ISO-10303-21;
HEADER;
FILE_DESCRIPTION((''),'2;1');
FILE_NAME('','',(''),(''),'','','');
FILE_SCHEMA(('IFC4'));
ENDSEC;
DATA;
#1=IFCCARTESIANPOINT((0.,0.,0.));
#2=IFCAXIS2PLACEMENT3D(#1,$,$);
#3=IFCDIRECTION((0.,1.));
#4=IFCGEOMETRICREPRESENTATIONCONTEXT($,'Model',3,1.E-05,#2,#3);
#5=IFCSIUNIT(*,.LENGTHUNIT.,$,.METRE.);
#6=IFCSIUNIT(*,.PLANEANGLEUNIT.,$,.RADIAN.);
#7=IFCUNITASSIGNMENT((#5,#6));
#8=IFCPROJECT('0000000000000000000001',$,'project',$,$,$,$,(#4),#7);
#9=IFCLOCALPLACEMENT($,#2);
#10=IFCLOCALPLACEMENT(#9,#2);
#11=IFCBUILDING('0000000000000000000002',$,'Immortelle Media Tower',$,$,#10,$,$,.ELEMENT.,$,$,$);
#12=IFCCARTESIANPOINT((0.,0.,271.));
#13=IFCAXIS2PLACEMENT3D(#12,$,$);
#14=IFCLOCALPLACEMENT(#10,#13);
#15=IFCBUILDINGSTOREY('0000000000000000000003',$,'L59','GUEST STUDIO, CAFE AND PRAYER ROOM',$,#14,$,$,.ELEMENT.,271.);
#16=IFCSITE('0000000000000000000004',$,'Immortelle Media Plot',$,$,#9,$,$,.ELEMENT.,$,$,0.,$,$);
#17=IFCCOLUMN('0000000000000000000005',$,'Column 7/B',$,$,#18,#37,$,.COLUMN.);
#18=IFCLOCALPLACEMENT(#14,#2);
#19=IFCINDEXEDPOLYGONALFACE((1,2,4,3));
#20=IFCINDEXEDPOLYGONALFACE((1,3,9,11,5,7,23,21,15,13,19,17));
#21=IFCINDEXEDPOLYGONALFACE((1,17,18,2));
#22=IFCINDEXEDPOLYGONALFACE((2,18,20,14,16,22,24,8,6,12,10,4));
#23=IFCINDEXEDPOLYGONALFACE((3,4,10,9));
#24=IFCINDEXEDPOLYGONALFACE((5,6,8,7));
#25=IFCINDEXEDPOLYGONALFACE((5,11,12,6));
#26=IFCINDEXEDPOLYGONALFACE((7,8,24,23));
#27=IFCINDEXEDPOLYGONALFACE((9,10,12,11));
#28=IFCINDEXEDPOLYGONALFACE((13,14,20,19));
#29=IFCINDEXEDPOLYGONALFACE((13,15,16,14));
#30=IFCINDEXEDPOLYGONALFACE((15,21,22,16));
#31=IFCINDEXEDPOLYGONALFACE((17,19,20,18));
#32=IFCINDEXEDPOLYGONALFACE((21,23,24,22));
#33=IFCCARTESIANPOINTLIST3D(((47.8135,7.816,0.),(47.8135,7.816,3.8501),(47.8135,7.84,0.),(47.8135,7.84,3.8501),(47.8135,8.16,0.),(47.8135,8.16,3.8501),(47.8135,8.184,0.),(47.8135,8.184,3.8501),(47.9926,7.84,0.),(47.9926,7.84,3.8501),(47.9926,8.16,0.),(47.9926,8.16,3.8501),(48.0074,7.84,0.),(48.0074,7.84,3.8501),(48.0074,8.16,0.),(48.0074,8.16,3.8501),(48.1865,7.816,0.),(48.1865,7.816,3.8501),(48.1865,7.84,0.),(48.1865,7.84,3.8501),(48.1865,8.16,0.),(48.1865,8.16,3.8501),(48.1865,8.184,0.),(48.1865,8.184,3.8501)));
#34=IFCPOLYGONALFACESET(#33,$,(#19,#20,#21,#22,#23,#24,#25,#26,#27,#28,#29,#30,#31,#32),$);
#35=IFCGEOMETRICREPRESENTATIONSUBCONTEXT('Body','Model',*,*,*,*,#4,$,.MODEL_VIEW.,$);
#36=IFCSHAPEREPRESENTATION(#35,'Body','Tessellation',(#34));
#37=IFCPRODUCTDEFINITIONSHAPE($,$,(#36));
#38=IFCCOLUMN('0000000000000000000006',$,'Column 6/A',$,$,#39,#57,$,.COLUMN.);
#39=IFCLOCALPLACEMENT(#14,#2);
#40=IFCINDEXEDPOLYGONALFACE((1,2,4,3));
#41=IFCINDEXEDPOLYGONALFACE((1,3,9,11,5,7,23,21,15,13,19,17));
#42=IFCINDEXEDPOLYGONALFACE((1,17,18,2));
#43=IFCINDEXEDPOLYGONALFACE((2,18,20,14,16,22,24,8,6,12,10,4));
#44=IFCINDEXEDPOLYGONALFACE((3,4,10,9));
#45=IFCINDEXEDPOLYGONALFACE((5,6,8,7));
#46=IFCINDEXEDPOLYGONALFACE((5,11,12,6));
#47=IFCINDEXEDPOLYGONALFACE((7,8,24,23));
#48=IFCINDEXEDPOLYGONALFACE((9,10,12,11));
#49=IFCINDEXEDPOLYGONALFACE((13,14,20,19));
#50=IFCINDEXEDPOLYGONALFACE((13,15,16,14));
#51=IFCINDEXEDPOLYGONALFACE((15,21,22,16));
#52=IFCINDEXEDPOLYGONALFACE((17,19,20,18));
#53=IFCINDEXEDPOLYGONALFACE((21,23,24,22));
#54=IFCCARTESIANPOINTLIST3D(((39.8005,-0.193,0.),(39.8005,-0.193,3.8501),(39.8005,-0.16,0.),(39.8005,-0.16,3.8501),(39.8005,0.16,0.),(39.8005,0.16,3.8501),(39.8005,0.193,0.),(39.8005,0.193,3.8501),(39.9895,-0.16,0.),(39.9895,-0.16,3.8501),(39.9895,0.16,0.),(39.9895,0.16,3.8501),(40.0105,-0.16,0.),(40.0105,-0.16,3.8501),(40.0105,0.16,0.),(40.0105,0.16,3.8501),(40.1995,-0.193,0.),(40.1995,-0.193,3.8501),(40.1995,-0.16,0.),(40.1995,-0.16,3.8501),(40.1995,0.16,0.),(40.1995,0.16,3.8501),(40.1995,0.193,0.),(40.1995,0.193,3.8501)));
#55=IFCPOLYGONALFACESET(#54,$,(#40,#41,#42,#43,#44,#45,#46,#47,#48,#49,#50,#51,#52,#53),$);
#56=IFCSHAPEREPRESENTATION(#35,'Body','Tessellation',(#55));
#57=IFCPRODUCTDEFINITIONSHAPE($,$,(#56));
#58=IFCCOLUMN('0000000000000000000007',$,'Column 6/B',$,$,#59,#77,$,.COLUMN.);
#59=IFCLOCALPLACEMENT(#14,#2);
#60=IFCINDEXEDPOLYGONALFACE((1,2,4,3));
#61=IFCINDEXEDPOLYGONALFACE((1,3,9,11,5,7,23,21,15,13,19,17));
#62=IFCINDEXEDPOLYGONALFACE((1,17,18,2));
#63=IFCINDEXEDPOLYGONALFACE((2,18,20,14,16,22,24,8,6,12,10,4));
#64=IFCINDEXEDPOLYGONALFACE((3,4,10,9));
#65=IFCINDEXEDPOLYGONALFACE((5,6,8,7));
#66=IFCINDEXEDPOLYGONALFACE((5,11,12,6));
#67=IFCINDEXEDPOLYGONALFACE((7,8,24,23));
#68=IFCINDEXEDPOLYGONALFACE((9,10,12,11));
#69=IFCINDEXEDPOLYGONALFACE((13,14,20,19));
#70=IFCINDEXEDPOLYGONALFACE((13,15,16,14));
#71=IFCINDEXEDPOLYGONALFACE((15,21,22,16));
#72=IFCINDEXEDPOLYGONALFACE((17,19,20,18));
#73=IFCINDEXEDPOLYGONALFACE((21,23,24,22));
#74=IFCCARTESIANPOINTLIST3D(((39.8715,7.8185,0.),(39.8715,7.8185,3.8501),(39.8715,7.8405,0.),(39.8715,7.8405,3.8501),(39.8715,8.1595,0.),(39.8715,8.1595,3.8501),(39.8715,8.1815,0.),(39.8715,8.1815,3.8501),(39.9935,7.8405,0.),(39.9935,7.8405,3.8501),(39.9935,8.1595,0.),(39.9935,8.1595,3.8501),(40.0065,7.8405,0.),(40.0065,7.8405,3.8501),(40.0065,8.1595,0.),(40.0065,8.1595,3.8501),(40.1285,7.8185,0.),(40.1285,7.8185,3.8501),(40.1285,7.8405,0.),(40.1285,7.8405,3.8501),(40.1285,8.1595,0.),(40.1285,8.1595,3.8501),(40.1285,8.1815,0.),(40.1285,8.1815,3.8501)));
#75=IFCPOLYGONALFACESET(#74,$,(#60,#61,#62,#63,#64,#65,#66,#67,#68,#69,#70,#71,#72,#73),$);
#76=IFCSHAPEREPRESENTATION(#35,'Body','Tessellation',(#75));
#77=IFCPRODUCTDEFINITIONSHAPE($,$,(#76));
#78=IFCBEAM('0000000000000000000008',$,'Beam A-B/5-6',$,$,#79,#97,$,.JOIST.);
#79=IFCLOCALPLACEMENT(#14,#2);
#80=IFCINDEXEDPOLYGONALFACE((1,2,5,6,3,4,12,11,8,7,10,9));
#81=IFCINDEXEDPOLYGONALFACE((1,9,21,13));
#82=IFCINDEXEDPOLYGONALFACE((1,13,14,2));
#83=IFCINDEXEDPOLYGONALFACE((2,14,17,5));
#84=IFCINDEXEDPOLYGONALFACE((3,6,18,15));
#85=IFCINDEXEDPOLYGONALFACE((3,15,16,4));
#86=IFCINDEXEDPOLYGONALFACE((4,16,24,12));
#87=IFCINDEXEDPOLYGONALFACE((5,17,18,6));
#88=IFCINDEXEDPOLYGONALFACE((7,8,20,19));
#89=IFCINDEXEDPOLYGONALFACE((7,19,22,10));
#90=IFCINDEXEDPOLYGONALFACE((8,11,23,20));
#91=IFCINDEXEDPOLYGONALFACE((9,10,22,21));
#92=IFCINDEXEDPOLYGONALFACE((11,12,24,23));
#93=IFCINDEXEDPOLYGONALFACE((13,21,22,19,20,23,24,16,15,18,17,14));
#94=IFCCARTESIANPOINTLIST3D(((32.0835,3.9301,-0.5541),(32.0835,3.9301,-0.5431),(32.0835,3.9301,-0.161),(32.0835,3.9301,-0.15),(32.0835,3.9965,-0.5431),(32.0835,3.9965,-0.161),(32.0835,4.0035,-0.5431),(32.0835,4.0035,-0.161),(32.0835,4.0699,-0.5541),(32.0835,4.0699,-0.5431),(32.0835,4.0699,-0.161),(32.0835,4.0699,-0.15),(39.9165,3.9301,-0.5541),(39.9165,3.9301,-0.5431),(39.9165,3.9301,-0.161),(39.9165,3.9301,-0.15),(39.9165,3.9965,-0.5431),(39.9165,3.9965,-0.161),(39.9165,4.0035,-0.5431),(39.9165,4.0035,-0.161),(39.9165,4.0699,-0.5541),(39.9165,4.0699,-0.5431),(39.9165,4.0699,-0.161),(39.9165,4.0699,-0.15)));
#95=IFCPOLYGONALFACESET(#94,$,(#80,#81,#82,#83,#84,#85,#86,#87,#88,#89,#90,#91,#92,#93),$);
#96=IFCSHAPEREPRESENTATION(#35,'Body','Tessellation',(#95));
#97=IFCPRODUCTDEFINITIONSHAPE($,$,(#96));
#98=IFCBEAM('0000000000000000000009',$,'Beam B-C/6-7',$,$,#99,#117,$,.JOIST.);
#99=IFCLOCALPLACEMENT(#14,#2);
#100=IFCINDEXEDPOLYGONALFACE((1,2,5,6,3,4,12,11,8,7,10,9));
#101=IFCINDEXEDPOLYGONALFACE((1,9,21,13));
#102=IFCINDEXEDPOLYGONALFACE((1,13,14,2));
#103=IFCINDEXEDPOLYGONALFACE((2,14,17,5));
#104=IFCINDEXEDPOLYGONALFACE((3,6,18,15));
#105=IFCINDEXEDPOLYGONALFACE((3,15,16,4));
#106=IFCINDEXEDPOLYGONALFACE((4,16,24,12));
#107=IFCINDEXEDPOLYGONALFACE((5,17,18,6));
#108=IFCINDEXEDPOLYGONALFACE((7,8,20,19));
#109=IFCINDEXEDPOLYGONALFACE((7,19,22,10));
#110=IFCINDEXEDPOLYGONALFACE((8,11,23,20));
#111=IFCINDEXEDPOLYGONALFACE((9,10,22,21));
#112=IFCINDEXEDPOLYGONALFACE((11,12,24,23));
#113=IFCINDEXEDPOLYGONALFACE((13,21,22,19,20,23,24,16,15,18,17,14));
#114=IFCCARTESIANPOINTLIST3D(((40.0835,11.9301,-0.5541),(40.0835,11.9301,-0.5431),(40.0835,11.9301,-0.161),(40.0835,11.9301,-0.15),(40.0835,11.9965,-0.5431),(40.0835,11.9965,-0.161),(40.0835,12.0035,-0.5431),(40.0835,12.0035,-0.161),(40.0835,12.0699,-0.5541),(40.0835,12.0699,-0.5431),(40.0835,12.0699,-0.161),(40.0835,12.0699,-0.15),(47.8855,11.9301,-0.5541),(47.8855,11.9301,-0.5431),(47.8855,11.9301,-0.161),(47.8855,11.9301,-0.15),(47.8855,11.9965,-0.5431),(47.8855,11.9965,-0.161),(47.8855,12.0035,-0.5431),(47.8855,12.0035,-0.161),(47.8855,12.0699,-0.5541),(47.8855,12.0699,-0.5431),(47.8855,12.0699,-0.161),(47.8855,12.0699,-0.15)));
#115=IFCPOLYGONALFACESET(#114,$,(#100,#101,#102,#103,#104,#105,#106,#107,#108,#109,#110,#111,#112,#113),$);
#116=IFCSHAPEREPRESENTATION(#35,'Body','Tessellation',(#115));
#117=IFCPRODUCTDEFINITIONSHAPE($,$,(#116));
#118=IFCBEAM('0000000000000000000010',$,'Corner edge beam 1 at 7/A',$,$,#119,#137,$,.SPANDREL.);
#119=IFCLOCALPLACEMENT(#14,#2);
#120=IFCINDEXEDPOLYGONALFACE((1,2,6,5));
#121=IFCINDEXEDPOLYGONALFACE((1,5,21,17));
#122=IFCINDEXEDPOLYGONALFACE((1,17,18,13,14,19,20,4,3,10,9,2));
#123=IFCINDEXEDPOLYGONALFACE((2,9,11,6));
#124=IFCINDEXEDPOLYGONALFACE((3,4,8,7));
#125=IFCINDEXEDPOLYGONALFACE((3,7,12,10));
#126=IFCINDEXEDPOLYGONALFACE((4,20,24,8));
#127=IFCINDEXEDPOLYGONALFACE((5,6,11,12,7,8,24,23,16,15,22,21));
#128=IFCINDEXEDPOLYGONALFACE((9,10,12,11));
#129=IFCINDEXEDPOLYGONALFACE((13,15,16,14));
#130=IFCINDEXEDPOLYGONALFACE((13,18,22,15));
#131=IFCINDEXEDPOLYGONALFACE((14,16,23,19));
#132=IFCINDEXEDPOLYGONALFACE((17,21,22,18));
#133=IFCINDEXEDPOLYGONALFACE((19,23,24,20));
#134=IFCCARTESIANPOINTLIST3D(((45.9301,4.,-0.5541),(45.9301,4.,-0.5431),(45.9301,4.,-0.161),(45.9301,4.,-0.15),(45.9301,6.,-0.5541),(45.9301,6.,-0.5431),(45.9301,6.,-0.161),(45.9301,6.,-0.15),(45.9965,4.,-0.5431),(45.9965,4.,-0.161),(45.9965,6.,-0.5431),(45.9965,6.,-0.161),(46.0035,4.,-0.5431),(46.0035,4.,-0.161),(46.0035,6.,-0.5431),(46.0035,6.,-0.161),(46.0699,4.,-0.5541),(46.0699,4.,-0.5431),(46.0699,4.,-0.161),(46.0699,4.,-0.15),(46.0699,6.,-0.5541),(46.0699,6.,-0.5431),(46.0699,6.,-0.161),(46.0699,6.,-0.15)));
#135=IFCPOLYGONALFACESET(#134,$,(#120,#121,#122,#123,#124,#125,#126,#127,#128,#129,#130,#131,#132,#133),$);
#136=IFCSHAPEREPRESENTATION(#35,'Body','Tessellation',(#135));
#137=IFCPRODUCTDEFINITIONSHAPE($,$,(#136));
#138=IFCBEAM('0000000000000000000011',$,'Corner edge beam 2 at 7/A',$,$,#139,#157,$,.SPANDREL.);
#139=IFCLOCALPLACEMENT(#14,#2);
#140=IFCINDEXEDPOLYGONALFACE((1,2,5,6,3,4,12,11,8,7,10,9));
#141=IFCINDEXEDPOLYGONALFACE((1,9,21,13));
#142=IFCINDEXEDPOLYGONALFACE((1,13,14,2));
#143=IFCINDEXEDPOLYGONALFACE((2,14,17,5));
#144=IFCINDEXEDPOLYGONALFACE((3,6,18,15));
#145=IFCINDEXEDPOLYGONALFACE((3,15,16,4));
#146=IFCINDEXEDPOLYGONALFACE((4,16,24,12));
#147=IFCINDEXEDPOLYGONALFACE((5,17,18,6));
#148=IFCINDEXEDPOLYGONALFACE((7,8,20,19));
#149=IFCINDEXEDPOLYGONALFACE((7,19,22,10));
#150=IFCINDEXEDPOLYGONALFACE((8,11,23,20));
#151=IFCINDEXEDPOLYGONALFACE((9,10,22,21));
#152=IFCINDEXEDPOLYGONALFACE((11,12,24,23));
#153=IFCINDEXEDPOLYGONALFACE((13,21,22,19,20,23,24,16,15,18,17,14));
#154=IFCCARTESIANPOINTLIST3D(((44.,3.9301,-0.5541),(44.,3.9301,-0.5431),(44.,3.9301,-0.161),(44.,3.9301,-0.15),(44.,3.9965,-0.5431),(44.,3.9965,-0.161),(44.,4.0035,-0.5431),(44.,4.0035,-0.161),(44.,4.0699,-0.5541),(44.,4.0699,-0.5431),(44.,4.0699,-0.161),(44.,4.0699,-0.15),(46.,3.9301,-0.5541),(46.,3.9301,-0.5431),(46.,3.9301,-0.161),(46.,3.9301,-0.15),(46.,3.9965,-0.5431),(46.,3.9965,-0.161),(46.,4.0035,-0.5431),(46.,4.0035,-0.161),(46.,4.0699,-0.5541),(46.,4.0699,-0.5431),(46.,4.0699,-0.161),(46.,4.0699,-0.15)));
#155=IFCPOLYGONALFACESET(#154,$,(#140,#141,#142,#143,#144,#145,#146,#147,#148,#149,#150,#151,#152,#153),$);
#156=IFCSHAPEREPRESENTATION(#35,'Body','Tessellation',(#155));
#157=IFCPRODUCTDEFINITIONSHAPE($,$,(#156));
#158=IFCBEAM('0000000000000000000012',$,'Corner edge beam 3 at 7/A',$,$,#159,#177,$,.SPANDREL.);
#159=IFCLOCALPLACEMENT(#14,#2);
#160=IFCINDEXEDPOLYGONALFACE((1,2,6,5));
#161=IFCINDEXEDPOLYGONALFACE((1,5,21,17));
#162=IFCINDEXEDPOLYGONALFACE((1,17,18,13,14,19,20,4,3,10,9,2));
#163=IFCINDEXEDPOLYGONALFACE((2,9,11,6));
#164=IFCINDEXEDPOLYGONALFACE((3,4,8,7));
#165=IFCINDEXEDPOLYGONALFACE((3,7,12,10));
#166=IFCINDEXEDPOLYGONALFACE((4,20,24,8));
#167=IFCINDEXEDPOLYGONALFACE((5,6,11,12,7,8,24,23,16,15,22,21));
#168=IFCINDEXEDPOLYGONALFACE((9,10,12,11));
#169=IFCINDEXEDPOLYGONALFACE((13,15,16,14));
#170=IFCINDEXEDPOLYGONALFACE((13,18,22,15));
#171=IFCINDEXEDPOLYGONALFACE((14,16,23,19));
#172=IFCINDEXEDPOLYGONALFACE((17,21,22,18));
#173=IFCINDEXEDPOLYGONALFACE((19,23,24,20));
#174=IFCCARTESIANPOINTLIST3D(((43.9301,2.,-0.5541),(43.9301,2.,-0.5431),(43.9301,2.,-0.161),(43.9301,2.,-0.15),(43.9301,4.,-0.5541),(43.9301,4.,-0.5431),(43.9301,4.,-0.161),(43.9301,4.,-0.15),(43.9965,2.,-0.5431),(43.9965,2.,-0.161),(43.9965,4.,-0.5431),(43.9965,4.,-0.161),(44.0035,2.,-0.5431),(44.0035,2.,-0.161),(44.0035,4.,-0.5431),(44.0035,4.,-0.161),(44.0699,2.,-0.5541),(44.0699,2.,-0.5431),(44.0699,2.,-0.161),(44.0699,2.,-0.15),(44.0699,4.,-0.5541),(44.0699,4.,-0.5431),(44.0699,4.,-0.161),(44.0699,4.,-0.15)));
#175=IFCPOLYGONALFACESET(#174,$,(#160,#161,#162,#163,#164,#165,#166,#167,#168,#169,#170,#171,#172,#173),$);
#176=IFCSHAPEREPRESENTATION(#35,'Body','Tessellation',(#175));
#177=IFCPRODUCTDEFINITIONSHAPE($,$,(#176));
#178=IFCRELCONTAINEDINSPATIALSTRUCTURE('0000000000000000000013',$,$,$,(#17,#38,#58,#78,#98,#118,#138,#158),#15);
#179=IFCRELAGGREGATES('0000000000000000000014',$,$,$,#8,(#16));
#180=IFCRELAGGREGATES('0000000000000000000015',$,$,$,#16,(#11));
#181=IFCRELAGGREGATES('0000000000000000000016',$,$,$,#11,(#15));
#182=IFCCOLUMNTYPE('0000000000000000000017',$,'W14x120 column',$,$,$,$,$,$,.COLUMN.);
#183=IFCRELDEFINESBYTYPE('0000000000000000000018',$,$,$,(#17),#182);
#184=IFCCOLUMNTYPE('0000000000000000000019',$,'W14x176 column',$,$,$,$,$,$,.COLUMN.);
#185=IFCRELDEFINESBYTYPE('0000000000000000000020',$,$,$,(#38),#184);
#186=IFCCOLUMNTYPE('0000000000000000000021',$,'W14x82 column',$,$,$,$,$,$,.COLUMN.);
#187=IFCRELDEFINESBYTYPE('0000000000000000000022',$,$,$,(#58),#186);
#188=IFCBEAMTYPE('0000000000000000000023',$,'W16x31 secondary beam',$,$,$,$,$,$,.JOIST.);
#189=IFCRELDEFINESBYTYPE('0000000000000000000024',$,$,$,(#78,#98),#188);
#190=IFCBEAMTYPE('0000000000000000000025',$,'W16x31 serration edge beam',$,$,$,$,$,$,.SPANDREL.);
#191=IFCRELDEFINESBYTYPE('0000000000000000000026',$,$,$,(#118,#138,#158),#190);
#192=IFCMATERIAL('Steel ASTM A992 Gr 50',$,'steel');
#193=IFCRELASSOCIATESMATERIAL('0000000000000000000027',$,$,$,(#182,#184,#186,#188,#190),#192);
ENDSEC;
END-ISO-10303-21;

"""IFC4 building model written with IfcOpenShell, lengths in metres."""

from ifc_helpers import new_model, si_unit, direction, frame, origin, origin_2d, place, context, subcontext, project, spatial, i_section, extrude, material, material_profile, profile_set, type_object, element, save


model = new_model("IFC4")

# Units and contexts
model_context = context("Model", 3, precision=1e-05, world=origin(), true_north=direction((0.0, 1.0)))
body_context = subcontext(model_context, "Body", "Model", "MODEL_VIEW")
ifc_project = project(units=[si_unit("LENGTHUNIT", "METRE"), si_unit("PLANEANGLEUNIT", "RADIAN")], contexts=[model_context])

# Site, building, storey
site_placement = place(None, origin())
site = spatial("IfcSite", under=ifc_project, at=site_placement, Name="Immortelle Media Plot", CompositionType="ELEMENT", RefElevation=0.0)
building_placement = place(site_placement, origin())
building = spatial("IfcBuilding", under=site, at=building_placement, Name="Immortelle Media Tower", CompositionType="ELEMENT")
storey_placement = place(building_placement, frame((0.0, 0.0, 271.0)))
storey = spatial("IfcBuildingStorey", under=building, at=storey_placement, Name="L59", Description="GUEST STUDIO, CAFE AND PRAYER ROOM", CompositionType="ELEMENT", Elevation=271.0)

# Columns
ifc_material_1 = material(Name="Steel ASTM A992 Gr 50", Category="steel")
ifc_material_profile_1 = material_profile(ifc_material_1, i_section(OverallWidth=0.373, OverallDepth=0.3679, WebThickness=0.0149, FlangeThickness=0.0239, at=origin_2d()), Name="W14x120")
ifc_profile_set_1 = profile_set([ifc_material_profile_1], Name="Steel ASTM A992 Gr 50")
column_type_1 = type_object("IfcColumnType", Name="W14x120 column", PredefinedType="COLUMN", material=ifc_profile_set_1)
column_1_placement = place(storey_placement, frame((48.0, 8.0, 0.0), z_axis=(0.0, 0.0, 1.0), x_axis=(1.0, 0.0, 0.0)))
element("IfcColumn", 1, at=column_1_placement, inside=storey, type_object=column_type_1, Name="Column 7/B", PredefinedType="COLUMN", context=body_context, shape_type="SweptSolid", body=[
    extrude(i_section(OverallWidth=0.373, OverallDepth=0.3679, WebThickness=0.0149, FlangeThickness=0.0239, at=origin_2d()), origin(), (0.0, 0.0, 1.0), 3.8501),
])
ifc_material_profile_2 = material_profile(ifc_material_1, i_section(OverallWidth=0.3989, OverallDepth=0.386, WebThickness=0.021, FlangeThickness=0.033, at=origin_2d()), Name="W14x176")
ifc_profile_set_2 = profile_set([ifc_material_profile_2], Name="Steel ASTM A992 Gr 50")
column_type_2 = type_object("IfcColumnType", Name="W14x176 column", PredefinedType="COLUMN", material=ifc_profile_set_2)
column_2_placement = place(storey_placement, frame((40.0, 0.0, 0.0), z_axis=(0.0, 0.0, 1.0), x_axis=(1.0, 0.0, 0.0)))
element("IfcColumn", 2, at=column_2_placement, inside=storey, type_object=column_type_2, Name="Column 6/A", PredefinedType="COLUMN", context=body_context, shape_type="SweptSolid", body=[
    extrude(i_section(OverallWidth=0.3989, OverallDepth=0.386, WebThickness=0.021, FlangeThickness=0.033, at=origin_2d()), origin(), (0.0, 0.0, 1.0), 3.8501),
])
ifc_material_profile_3 = material_profile(ifc_material_1, i_section(OverallWidth=0.2571, OverallDepth=0.363, WebThickness=0.0129, FlangeThickness=0.022, at=origin_2d()), Name="W14x82")
ifc_profile_set_3 = profile_set([ifc_material_profile_3], Name="Steel ASTM A992 Gr 50")
column_type_3 = type_object("IfcColumnType", Name="W14x82 column", PredefinedType="COLUMN", material=ifc_profile_set_3)
column_3_placement = place(storey_placement, frame((40.0, 8.0, 0.0), z_axis=(0.0, 0.0, 1.0), x_axis=(1.0, 0.0, 0.0)))
element("IfcColumn", 3, at=column_3_placement, inside=storey, type_object=column_type_3, Name="Column 6/B", PredefinedType="COLUMN", context=body_context, shape_type="SweptSolid", body=[
    extrude(i_section(OverallWidth=0.2571, OverallDepth=0.363, WebThickness=0.0129, FlangeThickness=0.022, at=origin_2d()), origin(), (0.0, 0.0, 1.0), 3.8501),
])

# Beams
ifc_material_profile_4 = material_profile(ifc_material_1, i_section(OverallWidth=0.1399, OverallDepth=0.4041, WebThickness=0.0071, FlangeThickness=0.011, at=origin_2d()), Name="W16x31")
ifc_profile_set_4 = profile_set([ifc_material_profile_4], Name="Steel ASTM A992 Gr 50")
beam_type_1 = type_object("IfcBeamType", Name="W16x31 secondary beam", PredefinedType="JOIST", material=ifc_profile_set_4)
beam_1_placement = place(storey_placement, frame((32.0835, 4.0, -0.3521), z_axis=(1.0, 0.0, 0.0), x_axis=(0.0, 1.0, 0.0)))
element("IfcBeam", 4, at=beam_1_placement, inside=storey, type_object=beam_type_1, Name="Beam A-B/5-6", PredefinedType="JOIST", context=body_context, shape_type="SweptSolid", body=[
    extrude(i_section(OverallWidth=0.1399, OverallDepth=0.4041, WebThickness=0.0071, FlangeThickness=0.011, at=origin_2d()), origin(), (0.0, 0.0, 1.0), 7.833),
])
beam_2_placement = place(storey_placement, frame((40.0835, 12.0, -0.3521), z_axis=(1.0, 0.0, 0.0), x_axis=(0.0, 1.0, 0.0)))
element("IfcBeam", 5, at=beam_2_placement, inside=storey, type_object=beam_type_1, Name="Beam B-C/6-7", PredefinedType="JOIST", context=body_context, shape_type="SweptSolid", body=[
    extrude(i_section(OverallWidth=0.1399, OverallDepth=0.4041, WebThickness=0.0071, FlangeThickness=0.011, at=origin_2d()), origin(), (0.0, 0.0, 1.0), 7.802),
])
ifc_material_profile_5 = material_profile(ifc_material_1, i_section(OverallWidth=0.1399, OverallDepth=0.4041, WebThickness=0.0071, FlangeThickness=0.011, at=origin_2d()), Name="W16x31")
ifc_profile_set_5 = profile_set([ifc_material_profile_5], Name="Steel ASTM A992 Gr 50")
beam_type_2 = type_object("IfcBeamType", Name="W16x31 serration edge beam", PredefinedType="SPANDREL", material=ifc_profile_set_5)
for number, where, z_axis, x_axis, name in (
    (6, (46.0, 6.0, -0.3521), (0.0, -1.0, 0.0), (1.0, 0.0, 0.0), "Corner edge beam 1 at 7/A"),
    (7, (46.0, 4.0, -0.3521), (-1.0, 0.0, 0.0), (0.0, -1.0, 0.0), "Corner edge beam 2 at 7/A"),
    (8, (44.0, 4.0, -0.3521), (0.0, -1.0, 0.0), (1.0, 0.0, 0.0), "Corner edge beam 3 at 7/A"),
):
    element("IfcBeam", number, at=place(storey_placement, frame(where, z_axis=z_axis, x_axis=x_axis)), inside=storey, type_object=beam_type_2, Name=name, PredefinedType="SPANDREL", context=body_context, shape_type="SweptSolid", body=[
        extrude(i_section(OverallWidth=0.1399, OverallDepth=0.4041, WebThickness=0.0071, FlangeThickness=0.011, at=origin_2d()), origin(), (0.0, 0.0, 1.0), 2.0),
    ])

save(model, "model.ifc")
